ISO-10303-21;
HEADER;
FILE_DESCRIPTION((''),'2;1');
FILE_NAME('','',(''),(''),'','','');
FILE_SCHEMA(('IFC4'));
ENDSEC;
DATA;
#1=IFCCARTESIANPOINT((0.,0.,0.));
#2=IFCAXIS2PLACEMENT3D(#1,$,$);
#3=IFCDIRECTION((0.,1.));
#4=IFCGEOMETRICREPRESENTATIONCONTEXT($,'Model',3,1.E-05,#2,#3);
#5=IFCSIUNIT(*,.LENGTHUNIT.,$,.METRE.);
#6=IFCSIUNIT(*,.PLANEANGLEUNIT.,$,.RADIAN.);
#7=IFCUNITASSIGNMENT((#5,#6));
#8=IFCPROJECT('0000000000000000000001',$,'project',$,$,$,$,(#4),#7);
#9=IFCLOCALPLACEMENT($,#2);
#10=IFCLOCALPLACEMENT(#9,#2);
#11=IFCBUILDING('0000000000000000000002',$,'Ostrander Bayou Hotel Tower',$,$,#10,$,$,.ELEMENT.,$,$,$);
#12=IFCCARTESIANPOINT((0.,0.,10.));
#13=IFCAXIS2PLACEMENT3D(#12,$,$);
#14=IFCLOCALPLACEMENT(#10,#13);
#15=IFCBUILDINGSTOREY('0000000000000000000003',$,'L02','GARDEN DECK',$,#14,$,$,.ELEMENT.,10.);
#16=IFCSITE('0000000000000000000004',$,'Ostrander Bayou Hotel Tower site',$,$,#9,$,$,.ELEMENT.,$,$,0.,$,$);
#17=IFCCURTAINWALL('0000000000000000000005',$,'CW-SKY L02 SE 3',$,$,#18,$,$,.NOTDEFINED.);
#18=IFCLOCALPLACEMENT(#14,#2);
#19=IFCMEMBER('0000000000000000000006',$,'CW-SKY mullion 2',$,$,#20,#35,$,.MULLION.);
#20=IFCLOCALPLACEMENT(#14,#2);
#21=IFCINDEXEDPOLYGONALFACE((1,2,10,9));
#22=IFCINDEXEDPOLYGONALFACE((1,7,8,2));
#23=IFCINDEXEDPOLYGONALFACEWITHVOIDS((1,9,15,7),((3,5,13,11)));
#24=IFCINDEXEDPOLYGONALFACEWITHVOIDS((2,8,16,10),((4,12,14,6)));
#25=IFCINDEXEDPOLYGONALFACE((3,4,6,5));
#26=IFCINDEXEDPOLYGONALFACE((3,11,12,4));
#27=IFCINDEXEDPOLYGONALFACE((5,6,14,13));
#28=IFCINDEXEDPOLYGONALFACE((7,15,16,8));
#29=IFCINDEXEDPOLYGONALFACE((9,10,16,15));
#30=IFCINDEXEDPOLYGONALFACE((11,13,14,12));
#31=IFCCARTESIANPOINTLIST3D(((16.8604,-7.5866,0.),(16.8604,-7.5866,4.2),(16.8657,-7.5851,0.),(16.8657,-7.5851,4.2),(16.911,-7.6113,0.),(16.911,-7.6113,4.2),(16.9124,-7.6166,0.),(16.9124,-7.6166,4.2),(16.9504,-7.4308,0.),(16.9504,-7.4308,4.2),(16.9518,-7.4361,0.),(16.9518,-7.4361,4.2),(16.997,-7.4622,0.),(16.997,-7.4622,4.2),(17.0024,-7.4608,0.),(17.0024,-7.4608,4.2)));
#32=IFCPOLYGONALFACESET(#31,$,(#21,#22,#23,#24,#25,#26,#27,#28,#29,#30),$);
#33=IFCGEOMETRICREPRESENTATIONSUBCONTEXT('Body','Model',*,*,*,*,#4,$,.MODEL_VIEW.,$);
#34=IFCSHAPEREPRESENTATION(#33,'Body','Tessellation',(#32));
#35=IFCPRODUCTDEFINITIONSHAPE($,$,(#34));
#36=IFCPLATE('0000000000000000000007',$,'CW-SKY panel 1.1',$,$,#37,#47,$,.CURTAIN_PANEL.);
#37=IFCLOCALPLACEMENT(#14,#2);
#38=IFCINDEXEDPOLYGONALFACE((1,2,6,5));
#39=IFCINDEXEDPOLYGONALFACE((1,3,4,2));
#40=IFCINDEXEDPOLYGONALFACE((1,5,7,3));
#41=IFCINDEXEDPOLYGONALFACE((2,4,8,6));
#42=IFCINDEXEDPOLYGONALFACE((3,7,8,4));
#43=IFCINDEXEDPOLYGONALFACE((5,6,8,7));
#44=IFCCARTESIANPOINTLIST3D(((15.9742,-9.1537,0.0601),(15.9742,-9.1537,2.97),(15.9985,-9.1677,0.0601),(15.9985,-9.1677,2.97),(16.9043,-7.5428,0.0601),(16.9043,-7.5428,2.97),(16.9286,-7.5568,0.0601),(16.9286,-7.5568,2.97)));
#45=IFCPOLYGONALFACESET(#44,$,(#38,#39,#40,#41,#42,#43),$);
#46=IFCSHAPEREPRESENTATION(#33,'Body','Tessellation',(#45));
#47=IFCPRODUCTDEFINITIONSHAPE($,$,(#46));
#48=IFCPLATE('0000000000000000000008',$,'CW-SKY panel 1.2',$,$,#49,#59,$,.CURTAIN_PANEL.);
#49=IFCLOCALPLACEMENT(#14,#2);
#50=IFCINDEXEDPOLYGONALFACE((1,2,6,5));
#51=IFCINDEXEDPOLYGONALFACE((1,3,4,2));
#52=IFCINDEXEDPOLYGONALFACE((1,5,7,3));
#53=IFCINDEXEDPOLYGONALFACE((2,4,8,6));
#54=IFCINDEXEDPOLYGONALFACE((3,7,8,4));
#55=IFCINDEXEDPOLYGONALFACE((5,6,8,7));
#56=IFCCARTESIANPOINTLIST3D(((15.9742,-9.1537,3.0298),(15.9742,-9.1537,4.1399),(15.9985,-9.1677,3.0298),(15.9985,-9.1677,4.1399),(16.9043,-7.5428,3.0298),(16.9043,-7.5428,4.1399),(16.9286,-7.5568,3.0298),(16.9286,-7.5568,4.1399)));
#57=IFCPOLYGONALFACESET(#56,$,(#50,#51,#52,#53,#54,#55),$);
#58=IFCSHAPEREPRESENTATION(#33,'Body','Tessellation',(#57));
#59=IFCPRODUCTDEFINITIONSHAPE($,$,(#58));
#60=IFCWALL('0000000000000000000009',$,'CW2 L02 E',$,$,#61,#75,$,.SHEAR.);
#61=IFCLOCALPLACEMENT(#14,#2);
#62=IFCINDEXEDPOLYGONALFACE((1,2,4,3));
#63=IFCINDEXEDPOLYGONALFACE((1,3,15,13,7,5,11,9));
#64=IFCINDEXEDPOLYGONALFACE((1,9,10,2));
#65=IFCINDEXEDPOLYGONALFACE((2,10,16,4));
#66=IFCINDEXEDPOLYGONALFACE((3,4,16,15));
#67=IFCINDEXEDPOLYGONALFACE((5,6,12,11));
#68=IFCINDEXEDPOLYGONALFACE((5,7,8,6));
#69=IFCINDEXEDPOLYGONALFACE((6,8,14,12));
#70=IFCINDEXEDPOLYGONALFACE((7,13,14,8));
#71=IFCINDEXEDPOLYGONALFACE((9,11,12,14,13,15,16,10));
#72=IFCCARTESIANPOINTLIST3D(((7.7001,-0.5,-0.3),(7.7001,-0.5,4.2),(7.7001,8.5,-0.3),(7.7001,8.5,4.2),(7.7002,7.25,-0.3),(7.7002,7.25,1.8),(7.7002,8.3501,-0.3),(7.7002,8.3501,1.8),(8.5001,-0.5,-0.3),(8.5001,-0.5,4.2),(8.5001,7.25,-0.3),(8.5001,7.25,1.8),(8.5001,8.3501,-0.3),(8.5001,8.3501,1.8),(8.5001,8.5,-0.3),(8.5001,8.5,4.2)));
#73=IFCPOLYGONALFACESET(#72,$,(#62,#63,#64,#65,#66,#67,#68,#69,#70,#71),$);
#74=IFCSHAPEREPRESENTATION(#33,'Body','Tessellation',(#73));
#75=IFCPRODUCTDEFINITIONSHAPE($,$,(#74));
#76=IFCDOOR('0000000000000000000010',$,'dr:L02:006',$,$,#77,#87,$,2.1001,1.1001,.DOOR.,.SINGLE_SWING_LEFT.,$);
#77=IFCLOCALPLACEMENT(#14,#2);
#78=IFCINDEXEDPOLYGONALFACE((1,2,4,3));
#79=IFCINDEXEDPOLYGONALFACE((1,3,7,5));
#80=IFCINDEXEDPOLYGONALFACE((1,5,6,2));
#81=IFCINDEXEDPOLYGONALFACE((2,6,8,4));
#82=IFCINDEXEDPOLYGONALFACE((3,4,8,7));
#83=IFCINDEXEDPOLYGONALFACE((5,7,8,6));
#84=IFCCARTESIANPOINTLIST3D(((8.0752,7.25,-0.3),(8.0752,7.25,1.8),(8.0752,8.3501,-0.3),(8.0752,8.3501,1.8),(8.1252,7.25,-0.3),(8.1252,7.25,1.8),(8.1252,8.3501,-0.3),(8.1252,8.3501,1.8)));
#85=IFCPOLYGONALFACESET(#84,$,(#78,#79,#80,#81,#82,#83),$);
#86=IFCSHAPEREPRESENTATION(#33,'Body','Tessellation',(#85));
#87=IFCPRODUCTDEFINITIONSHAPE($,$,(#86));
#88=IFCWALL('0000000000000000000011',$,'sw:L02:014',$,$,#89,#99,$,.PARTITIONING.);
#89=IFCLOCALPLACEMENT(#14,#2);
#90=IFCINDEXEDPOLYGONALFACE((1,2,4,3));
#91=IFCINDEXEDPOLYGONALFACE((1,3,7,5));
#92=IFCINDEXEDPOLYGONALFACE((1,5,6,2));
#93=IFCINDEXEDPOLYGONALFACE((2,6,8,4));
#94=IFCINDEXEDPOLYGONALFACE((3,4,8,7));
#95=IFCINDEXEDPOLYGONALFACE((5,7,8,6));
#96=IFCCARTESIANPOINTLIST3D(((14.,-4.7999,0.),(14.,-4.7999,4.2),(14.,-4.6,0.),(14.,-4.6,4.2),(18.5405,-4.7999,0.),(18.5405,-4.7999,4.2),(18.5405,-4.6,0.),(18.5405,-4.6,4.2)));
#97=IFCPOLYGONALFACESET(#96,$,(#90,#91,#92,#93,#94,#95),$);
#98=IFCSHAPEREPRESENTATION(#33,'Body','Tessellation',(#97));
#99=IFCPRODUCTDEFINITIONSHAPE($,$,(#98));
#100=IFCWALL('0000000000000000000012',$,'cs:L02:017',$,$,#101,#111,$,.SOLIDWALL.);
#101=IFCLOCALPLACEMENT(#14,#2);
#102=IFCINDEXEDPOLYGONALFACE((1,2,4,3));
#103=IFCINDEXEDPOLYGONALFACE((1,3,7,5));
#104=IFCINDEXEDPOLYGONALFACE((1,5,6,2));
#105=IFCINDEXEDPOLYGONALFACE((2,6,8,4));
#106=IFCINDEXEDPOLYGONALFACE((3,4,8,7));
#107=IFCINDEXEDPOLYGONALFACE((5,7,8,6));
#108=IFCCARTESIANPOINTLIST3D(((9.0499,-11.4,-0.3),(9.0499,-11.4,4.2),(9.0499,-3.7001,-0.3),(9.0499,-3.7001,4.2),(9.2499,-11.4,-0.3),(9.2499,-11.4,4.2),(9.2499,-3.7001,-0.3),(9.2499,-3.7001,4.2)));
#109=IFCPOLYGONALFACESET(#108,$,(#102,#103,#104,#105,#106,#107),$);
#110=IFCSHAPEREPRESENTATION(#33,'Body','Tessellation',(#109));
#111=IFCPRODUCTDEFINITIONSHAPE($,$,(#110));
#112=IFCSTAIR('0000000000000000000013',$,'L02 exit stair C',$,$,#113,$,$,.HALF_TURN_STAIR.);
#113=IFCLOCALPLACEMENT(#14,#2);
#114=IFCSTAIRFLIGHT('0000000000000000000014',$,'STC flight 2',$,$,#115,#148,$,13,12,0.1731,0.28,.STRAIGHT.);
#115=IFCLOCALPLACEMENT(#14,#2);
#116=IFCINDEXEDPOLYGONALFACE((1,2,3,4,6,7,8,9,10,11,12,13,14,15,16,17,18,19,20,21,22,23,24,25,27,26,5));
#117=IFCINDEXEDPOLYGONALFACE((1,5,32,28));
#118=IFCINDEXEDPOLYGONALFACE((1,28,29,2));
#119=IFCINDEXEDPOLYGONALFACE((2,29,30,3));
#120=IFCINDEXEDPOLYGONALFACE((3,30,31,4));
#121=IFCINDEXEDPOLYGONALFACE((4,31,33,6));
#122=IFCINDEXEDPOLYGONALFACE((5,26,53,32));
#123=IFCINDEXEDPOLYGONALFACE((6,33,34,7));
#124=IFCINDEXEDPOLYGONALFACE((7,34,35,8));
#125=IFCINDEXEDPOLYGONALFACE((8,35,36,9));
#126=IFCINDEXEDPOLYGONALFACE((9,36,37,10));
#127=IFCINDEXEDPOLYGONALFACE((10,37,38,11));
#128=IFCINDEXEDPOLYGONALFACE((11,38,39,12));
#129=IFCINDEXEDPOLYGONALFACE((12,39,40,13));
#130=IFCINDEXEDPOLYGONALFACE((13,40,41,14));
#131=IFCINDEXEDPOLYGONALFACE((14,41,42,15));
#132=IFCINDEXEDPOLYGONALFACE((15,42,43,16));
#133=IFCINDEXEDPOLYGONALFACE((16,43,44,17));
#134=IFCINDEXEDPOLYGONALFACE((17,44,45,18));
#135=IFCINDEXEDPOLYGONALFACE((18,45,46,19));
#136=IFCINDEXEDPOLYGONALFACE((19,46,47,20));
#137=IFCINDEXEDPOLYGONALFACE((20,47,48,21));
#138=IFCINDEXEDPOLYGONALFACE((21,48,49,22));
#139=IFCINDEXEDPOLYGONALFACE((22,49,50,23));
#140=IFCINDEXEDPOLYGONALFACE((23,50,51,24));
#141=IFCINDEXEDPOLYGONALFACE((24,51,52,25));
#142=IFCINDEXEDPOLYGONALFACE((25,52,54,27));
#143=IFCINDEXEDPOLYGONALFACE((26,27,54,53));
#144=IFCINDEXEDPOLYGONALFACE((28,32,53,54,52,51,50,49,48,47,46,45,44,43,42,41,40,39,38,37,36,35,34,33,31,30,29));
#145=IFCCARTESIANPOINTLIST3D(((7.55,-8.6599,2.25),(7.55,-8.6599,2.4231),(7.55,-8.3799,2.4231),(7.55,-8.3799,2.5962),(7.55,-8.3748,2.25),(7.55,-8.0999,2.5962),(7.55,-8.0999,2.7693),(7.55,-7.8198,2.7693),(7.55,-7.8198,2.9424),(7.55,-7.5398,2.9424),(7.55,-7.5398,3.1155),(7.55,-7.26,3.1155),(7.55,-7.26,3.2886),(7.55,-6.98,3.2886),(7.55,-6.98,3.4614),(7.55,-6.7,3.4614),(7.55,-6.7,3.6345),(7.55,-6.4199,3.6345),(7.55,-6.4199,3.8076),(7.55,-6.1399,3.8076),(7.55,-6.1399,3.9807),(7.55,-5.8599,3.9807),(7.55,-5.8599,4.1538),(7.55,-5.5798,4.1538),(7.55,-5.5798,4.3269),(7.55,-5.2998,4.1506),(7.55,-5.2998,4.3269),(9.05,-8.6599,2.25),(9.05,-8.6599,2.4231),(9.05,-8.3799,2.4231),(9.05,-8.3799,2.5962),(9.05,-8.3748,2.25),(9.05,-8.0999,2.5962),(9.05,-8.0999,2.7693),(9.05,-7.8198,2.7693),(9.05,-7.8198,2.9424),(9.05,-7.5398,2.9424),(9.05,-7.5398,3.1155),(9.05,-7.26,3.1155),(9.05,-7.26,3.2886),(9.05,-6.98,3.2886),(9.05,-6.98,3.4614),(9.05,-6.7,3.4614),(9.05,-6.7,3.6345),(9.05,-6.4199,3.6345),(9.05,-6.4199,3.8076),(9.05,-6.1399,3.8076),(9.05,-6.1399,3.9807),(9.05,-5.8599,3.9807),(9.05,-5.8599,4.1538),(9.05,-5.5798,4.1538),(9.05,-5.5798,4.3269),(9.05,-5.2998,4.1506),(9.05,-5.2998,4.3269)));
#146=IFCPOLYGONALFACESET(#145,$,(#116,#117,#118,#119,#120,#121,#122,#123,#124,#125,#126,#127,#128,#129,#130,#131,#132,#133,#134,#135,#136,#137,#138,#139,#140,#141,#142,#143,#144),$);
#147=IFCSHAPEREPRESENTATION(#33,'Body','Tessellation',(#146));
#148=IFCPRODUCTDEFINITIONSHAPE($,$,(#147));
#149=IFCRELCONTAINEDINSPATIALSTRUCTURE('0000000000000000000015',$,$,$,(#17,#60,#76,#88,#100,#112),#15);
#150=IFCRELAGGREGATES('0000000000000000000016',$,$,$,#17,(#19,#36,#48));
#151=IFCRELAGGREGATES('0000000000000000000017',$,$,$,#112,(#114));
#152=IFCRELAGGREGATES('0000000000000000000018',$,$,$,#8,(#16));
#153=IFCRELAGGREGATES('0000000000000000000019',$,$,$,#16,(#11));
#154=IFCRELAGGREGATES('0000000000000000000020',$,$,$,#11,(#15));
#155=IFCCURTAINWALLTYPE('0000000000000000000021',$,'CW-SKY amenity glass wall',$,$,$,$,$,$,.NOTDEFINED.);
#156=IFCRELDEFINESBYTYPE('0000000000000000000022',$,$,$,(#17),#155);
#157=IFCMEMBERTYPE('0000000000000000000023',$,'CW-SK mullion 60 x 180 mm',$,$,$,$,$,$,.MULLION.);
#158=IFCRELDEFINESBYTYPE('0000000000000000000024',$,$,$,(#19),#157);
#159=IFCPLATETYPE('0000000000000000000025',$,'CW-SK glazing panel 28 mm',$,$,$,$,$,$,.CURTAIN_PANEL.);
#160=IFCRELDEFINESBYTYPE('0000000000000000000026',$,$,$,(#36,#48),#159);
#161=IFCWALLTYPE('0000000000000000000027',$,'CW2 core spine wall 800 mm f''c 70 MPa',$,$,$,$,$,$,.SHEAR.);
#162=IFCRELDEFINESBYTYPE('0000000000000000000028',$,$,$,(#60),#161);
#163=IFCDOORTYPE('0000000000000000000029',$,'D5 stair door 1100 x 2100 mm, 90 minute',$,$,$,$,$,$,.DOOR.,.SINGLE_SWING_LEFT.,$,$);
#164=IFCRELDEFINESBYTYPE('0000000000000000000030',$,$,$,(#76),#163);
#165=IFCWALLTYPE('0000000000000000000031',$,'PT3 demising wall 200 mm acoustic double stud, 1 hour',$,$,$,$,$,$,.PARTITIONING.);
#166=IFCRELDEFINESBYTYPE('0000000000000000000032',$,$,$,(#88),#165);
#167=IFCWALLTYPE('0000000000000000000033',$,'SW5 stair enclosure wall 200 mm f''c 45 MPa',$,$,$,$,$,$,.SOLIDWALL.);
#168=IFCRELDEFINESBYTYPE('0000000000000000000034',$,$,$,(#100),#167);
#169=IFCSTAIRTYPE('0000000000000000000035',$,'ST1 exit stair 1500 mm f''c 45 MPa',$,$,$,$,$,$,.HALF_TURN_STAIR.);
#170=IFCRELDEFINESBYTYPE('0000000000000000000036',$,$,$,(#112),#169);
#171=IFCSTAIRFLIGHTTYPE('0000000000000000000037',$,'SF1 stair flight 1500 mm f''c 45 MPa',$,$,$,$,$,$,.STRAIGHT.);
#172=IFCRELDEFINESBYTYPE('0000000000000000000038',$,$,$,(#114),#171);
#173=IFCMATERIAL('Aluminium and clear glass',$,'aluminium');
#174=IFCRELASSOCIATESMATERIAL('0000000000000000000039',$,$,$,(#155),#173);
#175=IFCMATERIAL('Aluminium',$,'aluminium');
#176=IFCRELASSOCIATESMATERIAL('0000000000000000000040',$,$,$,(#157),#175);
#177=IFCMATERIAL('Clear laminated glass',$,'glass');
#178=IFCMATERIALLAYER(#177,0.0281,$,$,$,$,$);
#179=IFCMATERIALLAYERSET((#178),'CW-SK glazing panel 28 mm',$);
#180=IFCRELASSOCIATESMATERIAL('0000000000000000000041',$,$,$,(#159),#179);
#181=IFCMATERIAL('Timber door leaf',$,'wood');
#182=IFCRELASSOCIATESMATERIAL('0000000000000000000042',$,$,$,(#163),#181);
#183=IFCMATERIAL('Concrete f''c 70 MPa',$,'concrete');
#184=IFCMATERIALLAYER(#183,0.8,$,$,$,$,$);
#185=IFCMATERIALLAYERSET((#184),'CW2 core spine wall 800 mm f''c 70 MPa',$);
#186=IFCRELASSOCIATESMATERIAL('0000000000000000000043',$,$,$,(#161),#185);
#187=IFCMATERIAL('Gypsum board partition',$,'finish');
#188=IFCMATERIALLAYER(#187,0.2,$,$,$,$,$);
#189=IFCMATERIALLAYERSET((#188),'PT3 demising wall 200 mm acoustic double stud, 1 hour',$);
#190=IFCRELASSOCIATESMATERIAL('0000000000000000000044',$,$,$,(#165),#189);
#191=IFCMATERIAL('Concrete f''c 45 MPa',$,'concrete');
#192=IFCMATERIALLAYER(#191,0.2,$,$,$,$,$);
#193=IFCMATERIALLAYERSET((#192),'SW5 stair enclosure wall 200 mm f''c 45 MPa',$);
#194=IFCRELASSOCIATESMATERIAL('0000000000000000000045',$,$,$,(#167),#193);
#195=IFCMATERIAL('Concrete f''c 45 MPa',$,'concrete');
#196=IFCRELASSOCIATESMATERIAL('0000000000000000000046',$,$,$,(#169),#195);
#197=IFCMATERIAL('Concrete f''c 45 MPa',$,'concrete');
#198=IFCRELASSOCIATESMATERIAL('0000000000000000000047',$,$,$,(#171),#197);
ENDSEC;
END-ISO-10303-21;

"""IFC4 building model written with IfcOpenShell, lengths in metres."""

from ifc_helpers import new_model, si_unit, direction, frame, frame_2d, origin, origin_2d, place, context, subcontext, project, spatial, polyline, rectangle, hollow_rectangle, outline, extrude, material, layer, layer_set, material_profile, profile_set, type_object, element, fill, aggregate, save


model = new_model("IFC4")

# Units and contexts
model_context = context("Model", 3, precision=1e-05, world=origin(), true_north=direction((0.0, 1.0)))
body_context = subcontext(model_context, "Body", "Model", "MODEL_VIEW")
ifc_project = project(units=[si_unit("LENGTHUNIT", "METRE"), si_unit("PLANEANGLEUNIT", "RADIAN")], contexts=[model_context])

# Site, building, storey
site_placement = place(None, origin())
site = spatial("IfcSite", under=ifc_project, at=site_placement, Name="Ostrander Bayou Hotel Tower site", CompositionType="ELEMENT", RefElevation=0.0)
building_placement = place(site_placement, origin())
building = spatial("IfcBuilding", under=site, at=building_placement, Name="Ostrander Bayou Hotel Tower", CompositionType="ELEMENT")
storey_placement = place(building_placement, frame((0.0, 0.0, 10.0)))
storey = spatial("IfcBuildingStorey", under=building, at=storey_placement, Name="L02", Description="GARDEN DECK", CompositionType="ELEMENT", Elevation=10.0)

# Curtain wall, member, plates
ifc_material_1 = material(Name="Aluminium and clear glass", Category="aluminium")
curtain_wall_type = type_object("IfcCurtainWallType", Name="CW-SKY amenity glass wall", PredefinedType="NOTDEFINED", material=ifc_material_1)
curtain_wall_placement = place(storey_placement, origin())
curtain_wall = element("IfcCurtainWall", 1, at=curtain_wall_placement, inside=storey, type_object=curtain_wall_type, Name="CW-SKY L02 SE 3", PredefinedType="NOTDEFINED")
ifc_material_2 = material(Name="Aluminium", Category="aluminium")
ifc_material_profile = material_profile(ifc_material_2, hollow_rectangle(XDim=0.0601, YDim=0.1799, WallThickness=0.0039, at=origin_2d()))
ifc_profile_set = profile_set([ifc_material_profile], Name="Aluminium")
member_type = type_object("IfcMemberType", Name="CW-SK mullion 60 x 180 mm", PredefinedType="MULLION", material=ifc_profile_set)
member_placement = place(storey_placement, frame((16.9314, -7.5237, 0.0), z_axis=(0.0, 0.0, 1.0), x_axis=(-0.866025, 0.5, 0.0)))
member = element("IfcMember", 2, at=member_placement, type_object=member_type, Name="CW-SKY mullion 2", PredefinedType="MULLION", context=body_context, shape_type="SweptSolid", body=[
    extrude(hollow_rectangle(XDim=0.0601, YDim=0.1799, WallThickness=0.0039, at=origin_2d()), origin(), (0.0, 0.0, 1.0), 4.2),
])
ifc_material_3 = material(Name="Clear laminated glass", Category="glass")
ifc_layer_1 = layer(ifc_material_3, 0.0281)
ifc_layer_set_1 = layer_set([ifc_layer_1], Name="CW-SK glazing panel 28 mm")
plate_type = type_object("IfcPlateType", Name="CW-SK glazing panel 28 mm", PredefinedType="CURTAIN_PANEL", material=ifc_layer_set_1)
plate_1_placement = place(storey_placement, frame((16.4514, -8.3552, 0.0601), z_axis=(0.0, 0.0, 1.0), x_axis=(0.5, 0.866025, 0.0)))
plate_1 = element("IfcPlate", 3, at=plate_1_placement, type_object=plate_type, Name="CW-SKY panel 1.1", PredefinedType="CURTAIN_PANEL", context=body_context, shape_type="SweptSolid", body=[
    extrude(rectangle(XDim=1.8601, YDim=0.0281, at=origin_2d()), origin(), (0.0, 0.0, 1.0), 2.9099),
])
plate_2_placement = place(storey_placement, frame((16.4514, -8.3552, 3.0298), z_axis=(0.0, 0.0, 1.0), x_axis=(0.5, 0.866025, 0.0)))
plate_2 = element("IfcPlate", 4, at=plate_2_placement, type_object=plate_type, Name="CW-SKY panel 1.2", PredefinedType="CURTAIN_PANEL", context=body_context, shape_type="SweptSolid", body=[
    extrude(rectangle(XDim=1.8601, YDim=0.0281, at=origin_2d()), origin(), (0.0, 0.0, 1.0), 1.1101),
])
aggregate(curtain_wall, [member, plate_1, plate_2])

# Shared definitions
ifc_material_4 = material(Name="Timber door leaf", Category="wood")
door_type_1 = type_object("IfcDoorType", Name="D5 stair door 1100 x 2100 mm, 90 minute", OperationType="SINGLE_SWING_LEFT", PredefinedType="DOOR", material=ifc_material_4)

# Wall, opening, door
ifc_material_5 = material(Name="Concrete f'c 70 MPa", Category="concrete")
ifc_layer_2 = layer(ifc_material_5, 0.8)
ifc_layer_set_2 = layer_set([ifc_layer_2], Name="CW2 core spine wall 800 mm f'c 70 MPa")
wall_type_1 = type_object("IfcWallType", Name="CW2 core spine wall 800 mm f'c 70 MPa", PredefinedType="SHEAR", material=ifc_layer_set_2)
wall_1_placement = place(storey_placement, frame((8.1001, -0.5, -0.3), z_axis=(0.0, 0.0, 1.0), x_axis=(0.0, 1.0, 0.0)))
wall_1 = element("IfcWall", 5, at=wall_1_placement, inside=storey, type_object=wall_type_1, Name="CW2 L02 E", PredefinedType="SHEAR", context=body_context, shape_type="SweptSolid", body=[
    extrude(rectangle(XDim=9.0, YDim=0.8, at=frame_2d((4.5, 0.0))), origin(), (0.0, 0.0, 1.0), 4.5),
])
opening_1_placement = place(wall_1_placement, frame((7.75, 0.0, 0.0)))
opening_1 = element("IfcOpeningElement", 6, at=opening_1_placement, cuts=wall_1, PredefinedType="OPENING", context=body_context, shape_type="SweptSolid", body=[
    extrude(rectangle(XDim=1.1001, YDim=2.1001, at=frame_2d((0.55, 1.05))), frame((0.0, 0.3999, 0.0), z_axis=(0.0, -1.0, 0.0), x_axis=(1.0, 0.0, 0.0)), (0.0, 0.0, 1.0), 0.8),
])
door_1_placement = place(opening_1_placement, origin())
door_1 = element("IfcDoor", 7, at=door_1_placement, inside=storey, type_object=door_type_1, Name="dr:L02:006", OperationType="SINGLE_SWING_LEFT", OverallHeight=2.1001, OverallWidth=1.1001, PredefinedType="DOOR", context=body_context, shape_type="SweptSolid", body=[
    extrude(rectangle(XDim=1.1001, YDim=2.1001, at=frame_2d((0.55, 1.05))), frame((0.0, 0.0249, 0.0), z_axis=(0.0, -1.0, 0.0), x_axis=(1.0, 0.0, 0.0)), (0.0, 0.0, 1.0), 0.05),
])
fill(opening_1, door_1)

# Wall
ifc_material_6 = material(Name="Gypsum board partition", Category="finish")
ifc_layer_3 = layer(ifc_material_6, 0.2)
ifc_layer_set_3 = layer_set([ifc_layer_3], Name="PT3 demising wall 200 mm acoustic double stud, 1 hour")
wall_type_2 = type_object("IfcWallType", Name="PT3 demising wall 200 mm acoustic double stud, 1 hour", PredefinedType="PARTITIONING", material=ifc_layer_set_3)
wall_2_placement = place(storey_placement, frame((14.0, -4.7, 0.0), z_axis=(0.0, 0.0, 1.0), x_axis=(1.0, 0.0, 0.0)))
element("IfcWall", 8, at=wall_2_placement, inside=storey, type_object=wall_type_2, Name="sw:L02:014", PredefinedType="PARTITIONING", context=body_context, shape_type="SweptSolid", body=[
    extrude(rectangle(XDim=4.5405, YDim=0.2, at=frame_2d((2.2703, 0.0))), origin(), (0.0, 0.0, 1.0), 4.2),
])

# Wall
ifc_material_7 = material(Name="Concrete f'c 45 MPa", Category="concrete")
ifc_layer_4 = layer(ifc_material_7, 0.2)
ifc_layer_set_4 = layer_set([ifc_layer_4], Name="SW5 stair enclosure wall 200 mm f'c 45 MPa")
wall_type_3 = type_object("IfcWallType", Name="SW5 stair enclosure wall 200 mm f'c 45 MPa", PredefinedType="SOLIDWALL", material=ifc_layer_set_4)
wall_3_placement = place(storey_placement, frame((9.1499, -3.7, -0.3), z_axis=(0.0, 0.0, 1.0), x_axis=(0.0, -1.0, 0.0)))
element("IfcWall", 9, at=wall_3_placement, inside=storey, type_object=wall_type_3, Name="cs:L02:017", PredefinedType="SOLIDWALL", context=body_context, shape_type="SweptSolid", body=[
    extrude(rectangle(XDim=7.7, YDim=0.2, at=frame_2d((3.8501, 0.0))), origin(), (0.0, 0.0, 1.0), 4.5),
])

# Stair, stair flight
ifc_material_8 = material(Name="Concrete f'c 45 MPa", Category="concrete")
stair_type = type_object("IfcStairType", Name="ST1 exit stair 1500 mm f'c 45 MPa", PredefinedType="HALF_TURN_STAIR", material=ifc_material_8)
stair_placement = place(storey_placement, origin())
stair = element("IfcStair", 10, at=stair_placement, inside=storey, type_object=stair_type, Name="L02 exit stair C", PredefinedType="HALF_TURN_STAIR")
ifc_material_9 = material(Name="Concrete f'c 45 MPa", Category="concrete")
stair_flight_type = type_object("IfcStairFlightType", Name="SF1 stair flight 1500 mm f'c 45 MPa", PredefinedType="STRAIGHT", material=ifc_material_9)
stair_flight_placement = place(storey_placement, frame((8.3, -8.6599, 2.25), z_axis=(0.0, 0.0, 1.0), x_axis=(0.0, 1.0, 0.0)))
stair_flight = element("IfcStairFlight", 11, at=stair_flight_placement, type_object=stair_flight_type, Name="STC flight 2", NumberOfRisers=13, NumberOfTreads=12, PredefinedType="STRAIGHT", RiserHeight=0.1731, TreadLength=0.28, context=body_context, shape_type="SweptSolid", body=[
    extrude(outline(polyline([(0.0, 0.0), (0.0, 0.1731), (0.28, 0.1731), (0.28, 0.3462), (0.5601, 0.3462), (0.5601, 0.5193), (0.8401, 0.5193), (0.8401, 0.6924), (1.1201, 0.6924), (1.1201, 0.8655), (1.3999, 0.8655), (1.3999, 1.0386), (1.6799, 1.0386), (1.6799, 1.2114), (1.96, 1.2114), (1.96, 1.3845), (2.24, 1.3845), (2.24, 1.5576), (2.52, 1.5576), (2.52, 1.7307), (2.8, 1.7307), (2.8, 1.9038), (3.0801, 1.9038), (3.0801, 2.0769), (3.3601, 2.0769), (3.3601, 2.25), (3.3601, 1.9006), (0.2852, 0.0), (0.0, 0.0)])), frame((0.0, 0.75, 0.0), z_axis=(0.0, -1.0, 0.0), x_axis=(1.0, 0.0, 0.0)), (0.0, 0.0, 1.0), 1.5),
])
aggregate(stair, [stair_flight])

save(model, "model.ifc")
